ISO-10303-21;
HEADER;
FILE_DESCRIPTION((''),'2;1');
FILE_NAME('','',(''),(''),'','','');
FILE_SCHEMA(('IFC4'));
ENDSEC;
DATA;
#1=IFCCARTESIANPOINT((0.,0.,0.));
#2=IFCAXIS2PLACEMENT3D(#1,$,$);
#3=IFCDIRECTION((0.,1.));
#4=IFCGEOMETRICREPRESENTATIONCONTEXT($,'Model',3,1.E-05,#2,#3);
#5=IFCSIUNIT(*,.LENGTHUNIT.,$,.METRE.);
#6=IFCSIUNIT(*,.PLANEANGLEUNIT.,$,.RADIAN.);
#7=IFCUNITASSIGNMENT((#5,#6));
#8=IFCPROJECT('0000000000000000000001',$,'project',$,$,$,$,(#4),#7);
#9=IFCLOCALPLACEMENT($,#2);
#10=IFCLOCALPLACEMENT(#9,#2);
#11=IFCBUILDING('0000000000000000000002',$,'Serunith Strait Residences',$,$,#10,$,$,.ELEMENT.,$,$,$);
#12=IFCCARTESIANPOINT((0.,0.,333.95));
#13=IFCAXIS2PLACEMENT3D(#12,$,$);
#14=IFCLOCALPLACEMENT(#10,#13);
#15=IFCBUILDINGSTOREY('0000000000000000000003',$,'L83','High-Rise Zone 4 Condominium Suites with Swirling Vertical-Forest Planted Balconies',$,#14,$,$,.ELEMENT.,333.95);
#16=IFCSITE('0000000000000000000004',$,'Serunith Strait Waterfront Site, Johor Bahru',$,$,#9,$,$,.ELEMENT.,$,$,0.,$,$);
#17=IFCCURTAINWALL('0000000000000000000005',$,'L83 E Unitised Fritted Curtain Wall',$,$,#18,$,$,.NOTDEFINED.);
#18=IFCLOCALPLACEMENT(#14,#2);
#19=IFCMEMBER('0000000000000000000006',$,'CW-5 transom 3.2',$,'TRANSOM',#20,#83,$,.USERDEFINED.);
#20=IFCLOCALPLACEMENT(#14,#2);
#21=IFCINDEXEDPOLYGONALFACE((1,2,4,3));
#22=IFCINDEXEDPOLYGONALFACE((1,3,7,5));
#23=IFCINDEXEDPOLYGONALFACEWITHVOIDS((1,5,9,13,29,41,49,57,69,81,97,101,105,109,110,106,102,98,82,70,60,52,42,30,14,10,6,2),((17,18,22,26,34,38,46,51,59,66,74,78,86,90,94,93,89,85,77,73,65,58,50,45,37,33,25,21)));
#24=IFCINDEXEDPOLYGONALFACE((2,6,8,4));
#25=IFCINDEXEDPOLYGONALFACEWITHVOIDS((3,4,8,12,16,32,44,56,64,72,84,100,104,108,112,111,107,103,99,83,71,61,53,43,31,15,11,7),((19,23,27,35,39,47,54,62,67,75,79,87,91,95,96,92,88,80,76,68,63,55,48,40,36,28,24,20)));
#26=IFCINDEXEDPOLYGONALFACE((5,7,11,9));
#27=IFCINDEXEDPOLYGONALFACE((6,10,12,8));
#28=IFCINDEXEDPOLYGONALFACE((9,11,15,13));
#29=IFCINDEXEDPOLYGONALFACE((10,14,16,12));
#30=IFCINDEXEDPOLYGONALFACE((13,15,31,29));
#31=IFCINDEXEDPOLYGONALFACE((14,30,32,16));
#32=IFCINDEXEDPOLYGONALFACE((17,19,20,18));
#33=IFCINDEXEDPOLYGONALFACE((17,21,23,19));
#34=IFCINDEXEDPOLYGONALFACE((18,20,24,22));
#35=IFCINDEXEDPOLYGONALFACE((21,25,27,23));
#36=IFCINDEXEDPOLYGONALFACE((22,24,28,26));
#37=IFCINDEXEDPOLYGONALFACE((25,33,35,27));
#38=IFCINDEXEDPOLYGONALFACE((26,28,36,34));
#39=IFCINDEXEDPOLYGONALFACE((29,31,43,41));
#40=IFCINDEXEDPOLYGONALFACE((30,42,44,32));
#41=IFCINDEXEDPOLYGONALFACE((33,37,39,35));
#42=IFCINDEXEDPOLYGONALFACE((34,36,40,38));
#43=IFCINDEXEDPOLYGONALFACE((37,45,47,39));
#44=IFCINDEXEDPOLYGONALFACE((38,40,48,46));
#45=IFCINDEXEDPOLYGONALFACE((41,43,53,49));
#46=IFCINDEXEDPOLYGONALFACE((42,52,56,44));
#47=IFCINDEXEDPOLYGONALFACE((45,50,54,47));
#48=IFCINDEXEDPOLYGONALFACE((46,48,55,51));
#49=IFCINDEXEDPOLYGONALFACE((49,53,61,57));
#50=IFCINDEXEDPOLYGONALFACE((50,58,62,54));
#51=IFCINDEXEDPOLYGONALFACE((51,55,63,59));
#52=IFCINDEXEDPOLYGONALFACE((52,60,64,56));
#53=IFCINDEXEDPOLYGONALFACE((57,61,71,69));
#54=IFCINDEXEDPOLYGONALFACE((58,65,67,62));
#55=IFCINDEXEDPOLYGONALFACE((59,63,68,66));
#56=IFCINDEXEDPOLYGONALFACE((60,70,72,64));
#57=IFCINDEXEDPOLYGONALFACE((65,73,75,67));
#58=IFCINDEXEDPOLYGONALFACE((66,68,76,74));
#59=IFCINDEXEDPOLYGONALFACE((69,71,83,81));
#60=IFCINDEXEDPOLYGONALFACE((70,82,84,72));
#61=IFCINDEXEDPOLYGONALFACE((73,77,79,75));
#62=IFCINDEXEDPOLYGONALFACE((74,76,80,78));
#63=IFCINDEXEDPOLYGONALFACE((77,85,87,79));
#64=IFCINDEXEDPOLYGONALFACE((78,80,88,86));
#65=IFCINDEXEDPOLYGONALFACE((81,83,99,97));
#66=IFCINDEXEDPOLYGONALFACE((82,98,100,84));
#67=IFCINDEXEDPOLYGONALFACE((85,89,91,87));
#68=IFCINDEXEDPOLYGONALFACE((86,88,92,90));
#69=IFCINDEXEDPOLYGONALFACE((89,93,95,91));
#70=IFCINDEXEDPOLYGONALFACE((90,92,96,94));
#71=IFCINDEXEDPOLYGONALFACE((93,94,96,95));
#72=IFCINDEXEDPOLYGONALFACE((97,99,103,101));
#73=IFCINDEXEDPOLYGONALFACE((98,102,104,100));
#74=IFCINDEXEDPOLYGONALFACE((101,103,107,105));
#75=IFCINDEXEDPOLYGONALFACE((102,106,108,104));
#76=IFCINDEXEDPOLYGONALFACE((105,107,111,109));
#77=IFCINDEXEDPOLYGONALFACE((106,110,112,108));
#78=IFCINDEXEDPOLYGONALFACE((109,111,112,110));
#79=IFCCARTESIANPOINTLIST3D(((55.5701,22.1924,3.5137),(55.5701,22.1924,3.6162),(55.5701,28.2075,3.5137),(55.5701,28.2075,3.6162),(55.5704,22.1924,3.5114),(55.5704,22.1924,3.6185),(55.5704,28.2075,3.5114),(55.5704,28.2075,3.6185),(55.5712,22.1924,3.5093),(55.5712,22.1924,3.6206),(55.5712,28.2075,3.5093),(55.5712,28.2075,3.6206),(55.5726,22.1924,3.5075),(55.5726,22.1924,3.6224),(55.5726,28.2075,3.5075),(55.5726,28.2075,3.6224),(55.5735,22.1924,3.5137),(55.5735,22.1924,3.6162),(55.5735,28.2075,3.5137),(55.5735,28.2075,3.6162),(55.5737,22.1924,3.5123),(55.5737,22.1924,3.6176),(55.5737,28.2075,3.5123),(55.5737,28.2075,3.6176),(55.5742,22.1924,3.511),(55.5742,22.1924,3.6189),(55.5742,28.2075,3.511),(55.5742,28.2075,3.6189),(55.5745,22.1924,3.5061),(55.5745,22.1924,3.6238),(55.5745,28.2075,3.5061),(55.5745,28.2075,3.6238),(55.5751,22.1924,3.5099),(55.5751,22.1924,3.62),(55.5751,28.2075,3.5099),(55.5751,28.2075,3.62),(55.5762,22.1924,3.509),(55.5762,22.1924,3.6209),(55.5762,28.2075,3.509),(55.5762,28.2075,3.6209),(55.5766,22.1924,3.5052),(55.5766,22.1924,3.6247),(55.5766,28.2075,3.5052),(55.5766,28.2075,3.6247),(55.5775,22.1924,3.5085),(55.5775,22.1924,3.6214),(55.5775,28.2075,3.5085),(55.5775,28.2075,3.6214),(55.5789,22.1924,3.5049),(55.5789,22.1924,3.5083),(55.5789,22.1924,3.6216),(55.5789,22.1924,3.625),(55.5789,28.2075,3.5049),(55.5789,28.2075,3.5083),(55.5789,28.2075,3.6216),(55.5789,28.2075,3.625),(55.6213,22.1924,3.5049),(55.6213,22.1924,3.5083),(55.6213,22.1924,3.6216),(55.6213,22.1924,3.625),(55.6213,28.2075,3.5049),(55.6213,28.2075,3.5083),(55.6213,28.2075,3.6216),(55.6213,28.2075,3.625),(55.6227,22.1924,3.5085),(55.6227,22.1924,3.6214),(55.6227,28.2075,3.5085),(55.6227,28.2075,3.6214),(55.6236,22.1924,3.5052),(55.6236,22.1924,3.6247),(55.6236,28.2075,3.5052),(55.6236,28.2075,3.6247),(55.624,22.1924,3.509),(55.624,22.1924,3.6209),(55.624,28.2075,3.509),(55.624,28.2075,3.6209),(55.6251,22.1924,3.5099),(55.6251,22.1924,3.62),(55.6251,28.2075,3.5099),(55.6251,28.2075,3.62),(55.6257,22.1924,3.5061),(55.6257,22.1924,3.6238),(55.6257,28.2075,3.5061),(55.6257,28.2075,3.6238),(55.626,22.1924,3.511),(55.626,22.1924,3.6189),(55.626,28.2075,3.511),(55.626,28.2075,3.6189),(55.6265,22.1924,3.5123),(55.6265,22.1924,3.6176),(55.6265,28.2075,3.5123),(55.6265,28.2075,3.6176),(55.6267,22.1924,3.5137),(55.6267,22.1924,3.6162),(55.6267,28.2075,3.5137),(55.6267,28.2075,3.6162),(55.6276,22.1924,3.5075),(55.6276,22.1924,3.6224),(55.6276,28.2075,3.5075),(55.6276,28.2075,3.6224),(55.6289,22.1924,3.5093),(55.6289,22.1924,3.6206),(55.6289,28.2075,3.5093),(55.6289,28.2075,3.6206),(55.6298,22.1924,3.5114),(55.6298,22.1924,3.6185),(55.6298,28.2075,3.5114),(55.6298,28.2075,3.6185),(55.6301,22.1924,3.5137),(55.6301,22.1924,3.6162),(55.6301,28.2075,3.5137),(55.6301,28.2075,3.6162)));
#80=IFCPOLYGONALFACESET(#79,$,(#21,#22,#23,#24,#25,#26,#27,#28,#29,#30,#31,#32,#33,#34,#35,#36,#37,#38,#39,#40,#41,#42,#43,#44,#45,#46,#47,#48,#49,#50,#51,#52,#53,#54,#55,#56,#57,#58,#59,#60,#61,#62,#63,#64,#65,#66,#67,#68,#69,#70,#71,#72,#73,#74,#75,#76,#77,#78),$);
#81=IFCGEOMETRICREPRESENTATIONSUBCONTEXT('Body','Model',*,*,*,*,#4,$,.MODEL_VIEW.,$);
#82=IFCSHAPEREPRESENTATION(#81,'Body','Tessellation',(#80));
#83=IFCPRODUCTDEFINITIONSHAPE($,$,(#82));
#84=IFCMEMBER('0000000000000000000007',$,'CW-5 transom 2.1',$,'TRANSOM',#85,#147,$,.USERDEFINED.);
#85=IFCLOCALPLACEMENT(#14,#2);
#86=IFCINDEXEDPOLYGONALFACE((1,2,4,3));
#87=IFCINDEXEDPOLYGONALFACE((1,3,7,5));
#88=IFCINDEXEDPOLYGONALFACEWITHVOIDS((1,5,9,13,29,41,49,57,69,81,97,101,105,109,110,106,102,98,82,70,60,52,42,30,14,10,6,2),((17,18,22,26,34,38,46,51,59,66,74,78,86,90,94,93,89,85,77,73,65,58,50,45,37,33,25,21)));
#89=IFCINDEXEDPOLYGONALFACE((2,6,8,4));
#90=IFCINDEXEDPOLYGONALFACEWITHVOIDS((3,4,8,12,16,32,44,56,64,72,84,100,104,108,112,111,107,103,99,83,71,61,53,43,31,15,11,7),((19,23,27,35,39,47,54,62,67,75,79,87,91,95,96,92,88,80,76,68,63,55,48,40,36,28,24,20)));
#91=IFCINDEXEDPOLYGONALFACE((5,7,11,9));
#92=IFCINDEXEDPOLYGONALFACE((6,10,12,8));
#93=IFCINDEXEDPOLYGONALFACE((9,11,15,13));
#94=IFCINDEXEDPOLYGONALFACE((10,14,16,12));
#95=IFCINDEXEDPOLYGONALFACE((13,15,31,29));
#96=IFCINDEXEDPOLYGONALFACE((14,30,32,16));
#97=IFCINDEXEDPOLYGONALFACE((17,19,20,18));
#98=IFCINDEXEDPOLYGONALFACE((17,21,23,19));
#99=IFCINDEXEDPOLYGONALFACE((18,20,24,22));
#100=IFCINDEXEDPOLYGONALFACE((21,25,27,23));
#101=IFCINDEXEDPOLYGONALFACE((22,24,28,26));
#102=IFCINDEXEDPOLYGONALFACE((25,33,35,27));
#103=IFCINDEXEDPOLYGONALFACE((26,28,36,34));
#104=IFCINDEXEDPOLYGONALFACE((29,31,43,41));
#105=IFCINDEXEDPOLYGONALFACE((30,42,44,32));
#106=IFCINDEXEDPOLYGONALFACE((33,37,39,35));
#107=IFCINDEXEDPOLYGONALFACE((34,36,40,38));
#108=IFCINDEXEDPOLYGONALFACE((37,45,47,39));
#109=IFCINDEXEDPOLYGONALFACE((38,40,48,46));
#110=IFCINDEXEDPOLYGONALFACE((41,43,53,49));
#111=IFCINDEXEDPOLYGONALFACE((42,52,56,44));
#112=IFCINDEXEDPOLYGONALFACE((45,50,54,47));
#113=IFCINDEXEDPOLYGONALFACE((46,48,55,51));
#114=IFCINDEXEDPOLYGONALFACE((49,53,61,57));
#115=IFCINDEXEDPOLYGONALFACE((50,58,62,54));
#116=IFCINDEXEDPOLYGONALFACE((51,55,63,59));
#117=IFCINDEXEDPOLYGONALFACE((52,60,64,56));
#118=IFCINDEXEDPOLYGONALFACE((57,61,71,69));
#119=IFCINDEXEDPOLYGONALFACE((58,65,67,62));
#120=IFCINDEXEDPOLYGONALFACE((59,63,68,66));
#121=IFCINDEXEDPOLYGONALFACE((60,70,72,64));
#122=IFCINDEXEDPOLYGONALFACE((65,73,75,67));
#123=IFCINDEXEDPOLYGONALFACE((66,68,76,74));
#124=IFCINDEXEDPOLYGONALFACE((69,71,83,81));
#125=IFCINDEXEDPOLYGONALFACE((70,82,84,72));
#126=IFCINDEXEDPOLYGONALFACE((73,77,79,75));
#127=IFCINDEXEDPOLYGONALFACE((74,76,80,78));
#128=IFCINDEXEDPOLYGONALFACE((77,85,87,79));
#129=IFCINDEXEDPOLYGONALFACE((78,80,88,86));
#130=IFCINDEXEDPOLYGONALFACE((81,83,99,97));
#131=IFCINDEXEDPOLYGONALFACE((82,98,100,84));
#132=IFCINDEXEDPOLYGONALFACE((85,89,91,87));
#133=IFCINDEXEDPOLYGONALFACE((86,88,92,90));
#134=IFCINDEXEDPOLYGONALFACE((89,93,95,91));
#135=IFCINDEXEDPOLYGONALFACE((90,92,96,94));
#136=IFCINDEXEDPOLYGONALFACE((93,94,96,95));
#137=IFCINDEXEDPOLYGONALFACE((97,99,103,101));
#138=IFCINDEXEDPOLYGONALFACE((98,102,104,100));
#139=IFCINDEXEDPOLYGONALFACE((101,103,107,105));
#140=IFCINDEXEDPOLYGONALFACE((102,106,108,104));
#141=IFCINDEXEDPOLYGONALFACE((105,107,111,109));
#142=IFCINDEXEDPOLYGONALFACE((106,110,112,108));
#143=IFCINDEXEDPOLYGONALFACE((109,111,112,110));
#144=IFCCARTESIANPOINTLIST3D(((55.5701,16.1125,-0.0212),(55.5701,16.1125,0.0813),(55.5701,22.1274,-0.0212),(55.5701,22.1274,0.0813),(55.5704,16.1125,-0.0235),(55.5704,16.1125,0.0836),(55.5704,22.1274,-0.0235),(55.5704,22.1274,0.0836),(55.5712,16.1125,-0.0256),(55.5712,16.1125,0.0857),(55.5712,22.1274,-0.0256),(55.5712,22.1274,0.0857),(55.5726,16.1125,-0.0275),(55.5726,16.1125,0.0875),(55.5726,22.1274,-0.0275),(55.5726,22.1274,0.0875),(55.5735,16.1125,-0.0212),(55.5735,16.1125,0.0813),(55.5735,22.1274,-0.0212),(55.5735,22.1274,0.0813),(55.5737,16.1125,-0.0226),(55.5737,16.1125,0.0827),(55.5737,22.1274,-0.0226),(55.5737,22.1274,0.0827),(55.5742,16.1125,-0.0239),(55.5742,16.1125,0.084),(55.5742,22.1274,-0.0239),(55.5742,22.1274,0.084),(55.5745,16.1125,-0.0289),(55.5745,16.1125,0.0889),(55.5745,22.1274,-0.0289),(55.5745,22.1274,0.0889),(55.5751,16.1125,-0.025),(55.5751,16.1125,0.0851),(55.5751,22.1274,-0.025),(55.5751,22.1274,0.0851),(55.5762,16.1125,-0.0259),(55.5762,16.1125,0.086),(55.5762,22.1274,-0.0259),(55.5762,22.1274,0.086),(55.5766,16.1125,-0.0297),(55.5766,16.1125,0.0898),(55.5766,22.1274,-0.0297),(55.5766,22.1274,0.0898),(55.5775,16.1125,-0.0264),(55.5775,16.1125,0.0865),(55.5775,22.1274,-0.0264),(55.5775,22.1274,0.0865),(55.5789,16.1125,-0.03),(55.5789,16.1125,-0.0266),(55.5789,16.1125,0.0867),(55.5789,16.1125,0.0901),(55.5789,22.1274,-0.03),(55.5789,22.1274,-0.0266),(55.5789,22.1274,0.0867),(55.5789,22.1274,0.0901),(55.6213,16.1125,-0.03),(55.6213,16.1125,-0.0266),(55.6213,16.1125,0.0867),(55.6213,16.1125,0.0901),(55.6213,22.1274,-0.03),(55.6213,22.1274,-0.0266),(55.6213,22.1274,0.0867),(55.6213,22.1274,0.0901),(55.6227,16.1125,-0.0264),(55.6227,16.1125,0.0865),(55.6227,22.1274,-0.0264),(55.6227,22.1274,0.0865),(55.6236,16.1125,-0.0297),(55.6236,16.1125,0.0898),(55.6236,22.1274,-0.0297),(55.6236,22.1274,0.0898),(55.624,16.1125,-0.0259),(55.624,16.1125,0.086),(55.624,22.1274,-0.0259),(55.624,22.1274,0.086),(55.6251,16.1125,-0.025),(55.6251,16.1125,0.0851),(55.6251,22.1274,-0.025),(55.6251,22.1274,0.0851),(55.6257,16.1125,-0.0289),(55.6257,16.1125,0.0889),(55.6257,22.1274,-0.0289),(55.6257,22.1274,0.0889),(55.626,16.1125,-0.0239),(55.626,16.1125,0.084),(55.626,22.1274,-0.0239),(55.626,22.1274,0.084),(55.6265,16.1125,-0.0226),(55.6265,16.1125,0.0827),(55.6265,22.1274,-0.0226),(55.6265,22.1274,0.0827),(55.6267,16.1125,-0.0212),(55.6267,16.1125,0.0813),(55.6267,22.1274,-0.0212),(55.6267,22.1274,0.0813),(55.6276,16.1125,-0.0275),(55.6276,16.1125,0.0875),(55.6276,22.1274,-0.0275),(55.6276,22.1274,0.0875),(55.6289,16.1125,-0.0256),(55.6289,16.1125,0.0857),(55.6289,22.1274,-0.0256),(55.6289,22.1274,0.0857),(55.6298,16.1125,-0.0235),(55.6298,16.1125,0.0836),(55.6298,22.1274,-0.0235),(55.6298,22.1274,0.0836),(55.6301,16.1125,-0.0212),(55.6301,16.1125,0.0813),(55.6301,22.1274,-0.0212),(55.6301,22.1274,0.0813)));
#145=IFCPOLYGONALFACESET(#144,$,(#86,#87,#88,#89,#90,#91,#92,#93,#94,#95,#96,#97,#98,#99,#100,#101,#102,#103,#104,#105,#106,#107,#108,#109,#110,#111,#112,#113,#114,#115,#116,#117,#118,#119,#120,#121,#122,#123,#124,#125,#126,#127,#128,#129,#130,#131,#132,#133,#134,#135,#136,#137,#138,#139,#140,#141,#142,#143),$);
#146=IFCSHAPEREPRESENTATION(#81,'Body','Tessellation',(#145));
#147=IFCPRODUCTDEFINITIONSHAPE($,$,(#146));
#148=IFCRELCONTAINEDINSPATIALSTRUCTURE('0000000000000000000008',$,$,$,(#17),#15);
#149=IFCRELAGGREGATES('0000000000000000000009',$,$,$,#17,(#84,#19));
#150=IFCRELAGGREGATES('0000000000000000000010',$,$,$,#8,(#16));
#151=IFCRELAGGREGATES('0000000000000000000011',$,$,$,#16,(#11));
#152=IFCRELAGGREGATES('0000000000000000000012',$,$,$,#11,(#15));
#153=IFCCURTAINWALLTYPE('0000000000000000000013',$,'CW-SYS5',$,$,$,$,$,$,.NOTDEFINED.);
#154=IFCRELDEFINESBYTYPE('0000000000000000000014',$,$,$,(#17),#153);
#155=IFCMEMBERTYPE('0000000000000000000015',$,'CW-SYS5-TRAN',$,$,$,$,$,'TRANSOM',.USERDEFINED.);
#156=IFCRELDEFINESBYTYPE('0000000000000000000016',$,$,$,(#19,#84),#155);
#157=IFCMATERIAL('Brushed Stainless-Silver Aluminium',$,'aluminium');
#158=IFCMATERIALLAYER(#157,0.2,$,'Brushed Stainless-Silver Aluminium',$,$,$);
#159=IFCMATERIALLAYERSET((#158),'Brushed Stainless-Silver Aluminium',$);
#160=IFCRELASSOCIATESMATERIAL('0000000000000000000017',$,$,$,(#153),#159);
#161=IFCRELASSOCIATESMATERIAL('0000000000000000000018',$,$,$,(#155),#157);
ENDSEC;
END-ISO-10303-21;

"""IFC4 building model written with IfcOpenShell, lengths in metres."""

from ifc_helpers import new_model, si_unit, direction, frame, origin, origin_2d, place, context, subcontext, project, spatial, hollow_rectangle, extrude, source, transform, mapped, material, layer, layer_set, material_profile, profile_set, type_object, element, aggregate, save


model = new_model("IFC4")

# Units and contexts
model_context = context("Model", 3, precision=1e-05, world=origin(), true_north=direction((0.0, 1.0)))
body_context = subcontext(model_context, "Body", "Model", "MODEL_VIEW")
ifc_project = project(units=[si_unit("LENGTHUNIT", "METRE"), si_unit("PLANEANGLEUNIT", "RADIAN")], contexts=[model_context])

# Site, building, storey
site_placement = place(None, origin())
site = spatial("IfcSite", under=ifc_project, at=site_placement, Name="Serunith Strait Waterfront Site, Johor Bahru", CompositionType="ELEMENT", RefElevation=0.0)
building_placement = place(site_placement, origin())
building = spatial("IfcBuilding", under=site, at=building_placement, Name="Serunith Strait Residences", CompositionType="ELEMENT")
storey_placement = place(building_placement, frame((0.0, 0.0, 333.95)))
storey = spatial("IfcBuildingStorey", under=building, at=storey_placement, Name="L83", Description="High-Rise Zone 4 Condominium Suites with Swirling Vertical-Forest Planted Balconies", CompositionType="ELEMENT", Elevation=333.95)

# Curtain wall, members
ifc_material_1 = material(Name="Brushed Stainless-Silver Aluminium", Category="aluminium")
ifc_layer_1 = layer(ifc_material_1, 0.2, Name="Brushed Stainless-Silver Aluminium")
ifc_layer_set_1 = layer_set([ifc_layer_1], Name="Brushed Stainless-Silver Aluminium")
curtain_wall_type = type_object("IfcCurtainWallType", Name="CW-SYS5", PredefinedType="NOTDEFINED", material=ifc_layer_set_1)
curtain_wall_placement = place(storey_placement, origin())
curtain_wall = element("IfcCurtainWall", 1, at=curtain_wall_placement, inside=storey, type_object=curtain_wall_type, Name="L83 E Unitised Fritted Curtain Wall", PredefinedType="NOTDEFINED")
ifc_material_profile_1 = material_profile(ifc_material_1, hollow_rectangle(XDim=0.0601, YDim=0.1201, WallThickness=0.0034, InnerFilletRadius=0.0054, OuterFilletRadius=0.0088, at=origin_2d()), Name="ALU 120x60x3.5")
ifc_profile_set_1 = profile_set([ifc_material_profile_1], Name="Brushed Stainless-Silver Aluminium")
member_type_1 = type_object("IfcMemberType", Name="CW-SYS5-TRAN", ElementType="TRANSOM", PredefinedType="USERDEFINED", material=ifc_profile_set_1)
shared_shape_1 = source(origin(), body_context, "Body", "SweptSolid", [
    extrude(hollow_rectangle(XDim=0.0601, YDim=0.1201, WallThickness=0.0034, InnerFilletRadius=0.0054, OuterFilletRadius=0.0088, at=origin_2d()), origin(), (0.0, 0.0, 1.0), 6.0151),
])
member_1_placement = place(storey_placement, frame((55.6001, 22.1924, 3.5649), z_axis=(0.0, 1.0, 0.0), x_axis=(-1.0, 0.0, 0.0)))
member_1 = element("IfcMember", 2, at=member_1_placement, type_object=member_type_1, Name="CW-5 transom 3.2", ObjectType="TRANSOM", PredefinedType="USERDEFINED", context=body_context, shape_type="MappedRepresentation", body=[
    mapped(shared_shape_1, transform((0.0, 0.0, 0.0), scale=1.0)),
])
shared_shape_2 = source(origin(), body_context, "Body", "SweptSolid", [
    extrude(hollow_rectangle(XDim=0.0601, YDim=0.1201, WallThickness=0.0034, InnerFilletRadius=0.0054, OuterFilletRadius=0.0088, at=origin_2d()), origin(), (0.0, 0.0, 1.0), 6.0149),
])
member_2_placement = place(storey_placement, frame((55.6001, 16.1125, 0.03), z_axis=(0.0, 1.0, 0.0), x_axis=(-1.0, 0.0, 0.0)))
member_2 = element("IfcMember", 3, at=member_2_placement, type_object=member_type_1, Name="CW-5 transom 2.1", ObjectType="TRANSOM", PredefinedType="USERDEFINED", context=body_context, shape_type="MappedRepresentation", body=[
    mapped(shared_shape_2, transform((0.0, 0.0, 0.0), scale=1.0)),
])
aggregate(curtain_wall, [member_2, member_1])

save(model, "model.ifc")
